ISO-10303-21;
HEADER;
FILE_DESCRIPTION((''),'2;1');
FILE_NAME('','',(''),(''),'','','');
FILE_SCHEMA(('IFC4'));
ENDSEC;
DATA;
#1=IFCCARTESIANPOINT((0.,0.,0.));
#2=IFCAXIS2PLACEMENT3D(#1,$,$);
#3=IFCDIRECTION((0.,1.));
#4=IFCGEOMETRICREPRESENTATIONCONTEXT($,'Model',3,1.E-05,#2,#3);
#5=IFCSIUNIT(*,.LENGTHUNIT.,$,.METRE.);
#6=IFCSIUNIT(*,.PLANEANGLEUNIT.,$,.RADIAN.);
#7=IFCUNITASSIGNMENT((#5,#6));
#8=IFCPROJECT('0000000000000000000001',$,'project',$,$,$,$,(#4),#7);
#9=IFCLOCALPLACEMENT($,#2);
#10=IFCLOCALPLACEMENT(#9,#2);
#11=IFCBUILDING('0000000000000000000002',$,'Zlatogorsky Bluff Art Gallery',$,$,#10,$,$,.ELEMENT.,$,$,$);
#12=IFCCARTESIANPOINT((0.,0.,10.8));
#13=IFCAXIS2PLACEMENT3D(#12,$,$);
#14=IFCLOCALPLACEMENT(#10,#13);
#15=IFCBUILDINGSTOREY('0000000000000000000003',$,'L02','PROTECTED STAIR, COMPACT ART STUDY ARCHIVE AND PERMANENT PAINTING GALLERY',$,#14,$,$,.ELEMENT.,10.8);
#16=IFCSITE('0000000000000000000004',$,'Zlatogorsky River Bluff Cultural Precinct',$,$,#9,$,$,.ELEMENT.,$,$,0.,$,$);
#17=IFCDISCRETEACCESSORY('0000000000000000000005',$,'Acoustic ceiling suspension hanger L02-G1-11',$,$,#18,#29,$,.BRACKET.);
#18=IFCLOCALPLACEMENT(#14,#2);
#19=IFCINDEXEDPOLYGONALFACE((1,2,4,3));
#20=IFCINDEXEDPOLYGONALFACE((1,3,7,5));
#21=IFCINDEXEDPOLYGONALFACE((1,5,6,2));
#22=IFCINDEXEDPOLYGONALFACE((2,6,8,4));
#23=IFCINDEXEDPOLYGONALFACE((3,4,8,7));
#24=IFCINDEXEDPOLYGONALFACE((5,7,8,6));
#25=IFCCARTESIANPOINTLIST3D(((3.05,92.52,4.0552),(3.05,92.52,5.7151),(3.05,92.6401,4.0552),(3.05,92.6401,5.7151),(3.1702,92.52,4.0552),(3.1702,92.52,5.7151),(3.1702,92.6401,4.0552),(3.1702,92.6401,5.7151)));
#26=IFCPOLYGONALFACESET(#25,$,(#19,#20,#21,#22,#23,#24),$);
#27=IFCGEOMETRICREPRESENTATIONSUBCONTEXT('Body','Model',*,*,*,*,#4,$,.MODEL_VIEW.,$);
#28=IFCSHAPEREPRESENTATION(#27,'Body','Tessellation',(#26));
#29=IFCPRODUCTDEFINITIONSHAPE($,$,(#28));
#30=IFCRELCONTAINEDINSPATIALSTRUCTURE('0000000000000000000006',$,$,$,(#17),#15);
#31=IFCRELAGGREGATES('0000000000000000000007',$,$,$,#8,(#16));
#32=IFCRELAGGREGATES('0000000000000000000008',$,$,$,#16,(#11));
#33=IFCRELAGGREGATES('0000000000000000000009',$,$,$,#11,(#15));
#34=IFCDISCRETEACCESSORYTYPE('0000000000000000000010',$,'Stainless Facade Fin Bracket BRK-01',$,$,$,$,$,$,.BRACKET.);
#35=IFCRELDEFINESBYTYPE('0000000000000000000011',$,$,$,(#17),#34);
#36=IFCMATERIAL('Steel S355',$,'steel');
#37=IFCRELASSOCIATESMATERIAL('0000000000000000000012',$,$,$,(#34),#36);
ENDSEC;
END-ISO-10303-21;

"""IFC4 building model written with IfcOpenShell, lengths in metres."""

from ifc_helpers import new_model, si_unit, direction, frame, origin, origin_2d, place, context, subcontext, project, spatial, rectangle, extrude, material, type_object, element, save


model = new_model("IFC4")

# Units and contexts
model_context = context("Model", 3, precision=1e-05, world=origin(), true_north=direction((0.0, 1.0)))
body_context = subcontext(model_context, "Body", "Model", "MODEL_VIEW")
ifc_project = project(units=[si_unit("LENGTHUNIT", "METRE"), si_unit("PLANEANGLEUNIT", "RADIAN")], contexts=[model_context])

# Site, building, storey
site_placement = place(None, origin())
site = spatial("IfcSite", under=ifc_project, at=site_placement, Name="Zlatogorsky River Bluff Cultural Precinct", CompositionType="ELEMENT", RefElevation=0.0)
building_placement = place(site_placement, origin())
building = spatial("IfcBuilding", under=site, at=building_placement, Name="Zlatogorsky Bluff Art Gallery", CompositionType="ELEMENT")
storey_placement = place(building_placement, frame((0.0, 0.0, 10.8)))
storey = spatial("IfcBuildingStorey", under=building, at=storey_placement, Name="L02", Description="PROTECTED STAIR, COMPACT ART STUDY ARCHIVE AND PERMANENT PAINTING GALLERY", CompositionType="ELEMENT", Elevation=10.8)

# Shared definitions
ifc_material_1 = material(Name="Steel S355", Category="steel")

# Discrete accessory
discrete_accessory_type = type_object("IfcDiscreteAccessoryType", Name="Stainless Facade Fin Bracket BRK-01", PredefinedType="BRACKET", material=ifc_material_1)
discrete_accessory_placement = place(storey_placement, frame((3.1101, 92.5801, 4.0552), z_axis=(0.0, 0.0, 1.0), x_axis=(1.0, 0.0, 0.0)))
element("IfcDiscreteAccessory", 1, at=discrete_accessory_placement, inside=storey, type_object=discrete_accessory_type, Name="Acoustic ceiling suspension hanger L02-G1-11", PredefinedType="BRACKET", context=body_context, shape_type="SweptSolid", body=[
    extrude(rectangle(XDim=0.1201, YDim=0.1201, at=origin_2d()), origin(), (0.0, 0.0, 1.0), 1.6599),
])

save(model, "model.ifc")
